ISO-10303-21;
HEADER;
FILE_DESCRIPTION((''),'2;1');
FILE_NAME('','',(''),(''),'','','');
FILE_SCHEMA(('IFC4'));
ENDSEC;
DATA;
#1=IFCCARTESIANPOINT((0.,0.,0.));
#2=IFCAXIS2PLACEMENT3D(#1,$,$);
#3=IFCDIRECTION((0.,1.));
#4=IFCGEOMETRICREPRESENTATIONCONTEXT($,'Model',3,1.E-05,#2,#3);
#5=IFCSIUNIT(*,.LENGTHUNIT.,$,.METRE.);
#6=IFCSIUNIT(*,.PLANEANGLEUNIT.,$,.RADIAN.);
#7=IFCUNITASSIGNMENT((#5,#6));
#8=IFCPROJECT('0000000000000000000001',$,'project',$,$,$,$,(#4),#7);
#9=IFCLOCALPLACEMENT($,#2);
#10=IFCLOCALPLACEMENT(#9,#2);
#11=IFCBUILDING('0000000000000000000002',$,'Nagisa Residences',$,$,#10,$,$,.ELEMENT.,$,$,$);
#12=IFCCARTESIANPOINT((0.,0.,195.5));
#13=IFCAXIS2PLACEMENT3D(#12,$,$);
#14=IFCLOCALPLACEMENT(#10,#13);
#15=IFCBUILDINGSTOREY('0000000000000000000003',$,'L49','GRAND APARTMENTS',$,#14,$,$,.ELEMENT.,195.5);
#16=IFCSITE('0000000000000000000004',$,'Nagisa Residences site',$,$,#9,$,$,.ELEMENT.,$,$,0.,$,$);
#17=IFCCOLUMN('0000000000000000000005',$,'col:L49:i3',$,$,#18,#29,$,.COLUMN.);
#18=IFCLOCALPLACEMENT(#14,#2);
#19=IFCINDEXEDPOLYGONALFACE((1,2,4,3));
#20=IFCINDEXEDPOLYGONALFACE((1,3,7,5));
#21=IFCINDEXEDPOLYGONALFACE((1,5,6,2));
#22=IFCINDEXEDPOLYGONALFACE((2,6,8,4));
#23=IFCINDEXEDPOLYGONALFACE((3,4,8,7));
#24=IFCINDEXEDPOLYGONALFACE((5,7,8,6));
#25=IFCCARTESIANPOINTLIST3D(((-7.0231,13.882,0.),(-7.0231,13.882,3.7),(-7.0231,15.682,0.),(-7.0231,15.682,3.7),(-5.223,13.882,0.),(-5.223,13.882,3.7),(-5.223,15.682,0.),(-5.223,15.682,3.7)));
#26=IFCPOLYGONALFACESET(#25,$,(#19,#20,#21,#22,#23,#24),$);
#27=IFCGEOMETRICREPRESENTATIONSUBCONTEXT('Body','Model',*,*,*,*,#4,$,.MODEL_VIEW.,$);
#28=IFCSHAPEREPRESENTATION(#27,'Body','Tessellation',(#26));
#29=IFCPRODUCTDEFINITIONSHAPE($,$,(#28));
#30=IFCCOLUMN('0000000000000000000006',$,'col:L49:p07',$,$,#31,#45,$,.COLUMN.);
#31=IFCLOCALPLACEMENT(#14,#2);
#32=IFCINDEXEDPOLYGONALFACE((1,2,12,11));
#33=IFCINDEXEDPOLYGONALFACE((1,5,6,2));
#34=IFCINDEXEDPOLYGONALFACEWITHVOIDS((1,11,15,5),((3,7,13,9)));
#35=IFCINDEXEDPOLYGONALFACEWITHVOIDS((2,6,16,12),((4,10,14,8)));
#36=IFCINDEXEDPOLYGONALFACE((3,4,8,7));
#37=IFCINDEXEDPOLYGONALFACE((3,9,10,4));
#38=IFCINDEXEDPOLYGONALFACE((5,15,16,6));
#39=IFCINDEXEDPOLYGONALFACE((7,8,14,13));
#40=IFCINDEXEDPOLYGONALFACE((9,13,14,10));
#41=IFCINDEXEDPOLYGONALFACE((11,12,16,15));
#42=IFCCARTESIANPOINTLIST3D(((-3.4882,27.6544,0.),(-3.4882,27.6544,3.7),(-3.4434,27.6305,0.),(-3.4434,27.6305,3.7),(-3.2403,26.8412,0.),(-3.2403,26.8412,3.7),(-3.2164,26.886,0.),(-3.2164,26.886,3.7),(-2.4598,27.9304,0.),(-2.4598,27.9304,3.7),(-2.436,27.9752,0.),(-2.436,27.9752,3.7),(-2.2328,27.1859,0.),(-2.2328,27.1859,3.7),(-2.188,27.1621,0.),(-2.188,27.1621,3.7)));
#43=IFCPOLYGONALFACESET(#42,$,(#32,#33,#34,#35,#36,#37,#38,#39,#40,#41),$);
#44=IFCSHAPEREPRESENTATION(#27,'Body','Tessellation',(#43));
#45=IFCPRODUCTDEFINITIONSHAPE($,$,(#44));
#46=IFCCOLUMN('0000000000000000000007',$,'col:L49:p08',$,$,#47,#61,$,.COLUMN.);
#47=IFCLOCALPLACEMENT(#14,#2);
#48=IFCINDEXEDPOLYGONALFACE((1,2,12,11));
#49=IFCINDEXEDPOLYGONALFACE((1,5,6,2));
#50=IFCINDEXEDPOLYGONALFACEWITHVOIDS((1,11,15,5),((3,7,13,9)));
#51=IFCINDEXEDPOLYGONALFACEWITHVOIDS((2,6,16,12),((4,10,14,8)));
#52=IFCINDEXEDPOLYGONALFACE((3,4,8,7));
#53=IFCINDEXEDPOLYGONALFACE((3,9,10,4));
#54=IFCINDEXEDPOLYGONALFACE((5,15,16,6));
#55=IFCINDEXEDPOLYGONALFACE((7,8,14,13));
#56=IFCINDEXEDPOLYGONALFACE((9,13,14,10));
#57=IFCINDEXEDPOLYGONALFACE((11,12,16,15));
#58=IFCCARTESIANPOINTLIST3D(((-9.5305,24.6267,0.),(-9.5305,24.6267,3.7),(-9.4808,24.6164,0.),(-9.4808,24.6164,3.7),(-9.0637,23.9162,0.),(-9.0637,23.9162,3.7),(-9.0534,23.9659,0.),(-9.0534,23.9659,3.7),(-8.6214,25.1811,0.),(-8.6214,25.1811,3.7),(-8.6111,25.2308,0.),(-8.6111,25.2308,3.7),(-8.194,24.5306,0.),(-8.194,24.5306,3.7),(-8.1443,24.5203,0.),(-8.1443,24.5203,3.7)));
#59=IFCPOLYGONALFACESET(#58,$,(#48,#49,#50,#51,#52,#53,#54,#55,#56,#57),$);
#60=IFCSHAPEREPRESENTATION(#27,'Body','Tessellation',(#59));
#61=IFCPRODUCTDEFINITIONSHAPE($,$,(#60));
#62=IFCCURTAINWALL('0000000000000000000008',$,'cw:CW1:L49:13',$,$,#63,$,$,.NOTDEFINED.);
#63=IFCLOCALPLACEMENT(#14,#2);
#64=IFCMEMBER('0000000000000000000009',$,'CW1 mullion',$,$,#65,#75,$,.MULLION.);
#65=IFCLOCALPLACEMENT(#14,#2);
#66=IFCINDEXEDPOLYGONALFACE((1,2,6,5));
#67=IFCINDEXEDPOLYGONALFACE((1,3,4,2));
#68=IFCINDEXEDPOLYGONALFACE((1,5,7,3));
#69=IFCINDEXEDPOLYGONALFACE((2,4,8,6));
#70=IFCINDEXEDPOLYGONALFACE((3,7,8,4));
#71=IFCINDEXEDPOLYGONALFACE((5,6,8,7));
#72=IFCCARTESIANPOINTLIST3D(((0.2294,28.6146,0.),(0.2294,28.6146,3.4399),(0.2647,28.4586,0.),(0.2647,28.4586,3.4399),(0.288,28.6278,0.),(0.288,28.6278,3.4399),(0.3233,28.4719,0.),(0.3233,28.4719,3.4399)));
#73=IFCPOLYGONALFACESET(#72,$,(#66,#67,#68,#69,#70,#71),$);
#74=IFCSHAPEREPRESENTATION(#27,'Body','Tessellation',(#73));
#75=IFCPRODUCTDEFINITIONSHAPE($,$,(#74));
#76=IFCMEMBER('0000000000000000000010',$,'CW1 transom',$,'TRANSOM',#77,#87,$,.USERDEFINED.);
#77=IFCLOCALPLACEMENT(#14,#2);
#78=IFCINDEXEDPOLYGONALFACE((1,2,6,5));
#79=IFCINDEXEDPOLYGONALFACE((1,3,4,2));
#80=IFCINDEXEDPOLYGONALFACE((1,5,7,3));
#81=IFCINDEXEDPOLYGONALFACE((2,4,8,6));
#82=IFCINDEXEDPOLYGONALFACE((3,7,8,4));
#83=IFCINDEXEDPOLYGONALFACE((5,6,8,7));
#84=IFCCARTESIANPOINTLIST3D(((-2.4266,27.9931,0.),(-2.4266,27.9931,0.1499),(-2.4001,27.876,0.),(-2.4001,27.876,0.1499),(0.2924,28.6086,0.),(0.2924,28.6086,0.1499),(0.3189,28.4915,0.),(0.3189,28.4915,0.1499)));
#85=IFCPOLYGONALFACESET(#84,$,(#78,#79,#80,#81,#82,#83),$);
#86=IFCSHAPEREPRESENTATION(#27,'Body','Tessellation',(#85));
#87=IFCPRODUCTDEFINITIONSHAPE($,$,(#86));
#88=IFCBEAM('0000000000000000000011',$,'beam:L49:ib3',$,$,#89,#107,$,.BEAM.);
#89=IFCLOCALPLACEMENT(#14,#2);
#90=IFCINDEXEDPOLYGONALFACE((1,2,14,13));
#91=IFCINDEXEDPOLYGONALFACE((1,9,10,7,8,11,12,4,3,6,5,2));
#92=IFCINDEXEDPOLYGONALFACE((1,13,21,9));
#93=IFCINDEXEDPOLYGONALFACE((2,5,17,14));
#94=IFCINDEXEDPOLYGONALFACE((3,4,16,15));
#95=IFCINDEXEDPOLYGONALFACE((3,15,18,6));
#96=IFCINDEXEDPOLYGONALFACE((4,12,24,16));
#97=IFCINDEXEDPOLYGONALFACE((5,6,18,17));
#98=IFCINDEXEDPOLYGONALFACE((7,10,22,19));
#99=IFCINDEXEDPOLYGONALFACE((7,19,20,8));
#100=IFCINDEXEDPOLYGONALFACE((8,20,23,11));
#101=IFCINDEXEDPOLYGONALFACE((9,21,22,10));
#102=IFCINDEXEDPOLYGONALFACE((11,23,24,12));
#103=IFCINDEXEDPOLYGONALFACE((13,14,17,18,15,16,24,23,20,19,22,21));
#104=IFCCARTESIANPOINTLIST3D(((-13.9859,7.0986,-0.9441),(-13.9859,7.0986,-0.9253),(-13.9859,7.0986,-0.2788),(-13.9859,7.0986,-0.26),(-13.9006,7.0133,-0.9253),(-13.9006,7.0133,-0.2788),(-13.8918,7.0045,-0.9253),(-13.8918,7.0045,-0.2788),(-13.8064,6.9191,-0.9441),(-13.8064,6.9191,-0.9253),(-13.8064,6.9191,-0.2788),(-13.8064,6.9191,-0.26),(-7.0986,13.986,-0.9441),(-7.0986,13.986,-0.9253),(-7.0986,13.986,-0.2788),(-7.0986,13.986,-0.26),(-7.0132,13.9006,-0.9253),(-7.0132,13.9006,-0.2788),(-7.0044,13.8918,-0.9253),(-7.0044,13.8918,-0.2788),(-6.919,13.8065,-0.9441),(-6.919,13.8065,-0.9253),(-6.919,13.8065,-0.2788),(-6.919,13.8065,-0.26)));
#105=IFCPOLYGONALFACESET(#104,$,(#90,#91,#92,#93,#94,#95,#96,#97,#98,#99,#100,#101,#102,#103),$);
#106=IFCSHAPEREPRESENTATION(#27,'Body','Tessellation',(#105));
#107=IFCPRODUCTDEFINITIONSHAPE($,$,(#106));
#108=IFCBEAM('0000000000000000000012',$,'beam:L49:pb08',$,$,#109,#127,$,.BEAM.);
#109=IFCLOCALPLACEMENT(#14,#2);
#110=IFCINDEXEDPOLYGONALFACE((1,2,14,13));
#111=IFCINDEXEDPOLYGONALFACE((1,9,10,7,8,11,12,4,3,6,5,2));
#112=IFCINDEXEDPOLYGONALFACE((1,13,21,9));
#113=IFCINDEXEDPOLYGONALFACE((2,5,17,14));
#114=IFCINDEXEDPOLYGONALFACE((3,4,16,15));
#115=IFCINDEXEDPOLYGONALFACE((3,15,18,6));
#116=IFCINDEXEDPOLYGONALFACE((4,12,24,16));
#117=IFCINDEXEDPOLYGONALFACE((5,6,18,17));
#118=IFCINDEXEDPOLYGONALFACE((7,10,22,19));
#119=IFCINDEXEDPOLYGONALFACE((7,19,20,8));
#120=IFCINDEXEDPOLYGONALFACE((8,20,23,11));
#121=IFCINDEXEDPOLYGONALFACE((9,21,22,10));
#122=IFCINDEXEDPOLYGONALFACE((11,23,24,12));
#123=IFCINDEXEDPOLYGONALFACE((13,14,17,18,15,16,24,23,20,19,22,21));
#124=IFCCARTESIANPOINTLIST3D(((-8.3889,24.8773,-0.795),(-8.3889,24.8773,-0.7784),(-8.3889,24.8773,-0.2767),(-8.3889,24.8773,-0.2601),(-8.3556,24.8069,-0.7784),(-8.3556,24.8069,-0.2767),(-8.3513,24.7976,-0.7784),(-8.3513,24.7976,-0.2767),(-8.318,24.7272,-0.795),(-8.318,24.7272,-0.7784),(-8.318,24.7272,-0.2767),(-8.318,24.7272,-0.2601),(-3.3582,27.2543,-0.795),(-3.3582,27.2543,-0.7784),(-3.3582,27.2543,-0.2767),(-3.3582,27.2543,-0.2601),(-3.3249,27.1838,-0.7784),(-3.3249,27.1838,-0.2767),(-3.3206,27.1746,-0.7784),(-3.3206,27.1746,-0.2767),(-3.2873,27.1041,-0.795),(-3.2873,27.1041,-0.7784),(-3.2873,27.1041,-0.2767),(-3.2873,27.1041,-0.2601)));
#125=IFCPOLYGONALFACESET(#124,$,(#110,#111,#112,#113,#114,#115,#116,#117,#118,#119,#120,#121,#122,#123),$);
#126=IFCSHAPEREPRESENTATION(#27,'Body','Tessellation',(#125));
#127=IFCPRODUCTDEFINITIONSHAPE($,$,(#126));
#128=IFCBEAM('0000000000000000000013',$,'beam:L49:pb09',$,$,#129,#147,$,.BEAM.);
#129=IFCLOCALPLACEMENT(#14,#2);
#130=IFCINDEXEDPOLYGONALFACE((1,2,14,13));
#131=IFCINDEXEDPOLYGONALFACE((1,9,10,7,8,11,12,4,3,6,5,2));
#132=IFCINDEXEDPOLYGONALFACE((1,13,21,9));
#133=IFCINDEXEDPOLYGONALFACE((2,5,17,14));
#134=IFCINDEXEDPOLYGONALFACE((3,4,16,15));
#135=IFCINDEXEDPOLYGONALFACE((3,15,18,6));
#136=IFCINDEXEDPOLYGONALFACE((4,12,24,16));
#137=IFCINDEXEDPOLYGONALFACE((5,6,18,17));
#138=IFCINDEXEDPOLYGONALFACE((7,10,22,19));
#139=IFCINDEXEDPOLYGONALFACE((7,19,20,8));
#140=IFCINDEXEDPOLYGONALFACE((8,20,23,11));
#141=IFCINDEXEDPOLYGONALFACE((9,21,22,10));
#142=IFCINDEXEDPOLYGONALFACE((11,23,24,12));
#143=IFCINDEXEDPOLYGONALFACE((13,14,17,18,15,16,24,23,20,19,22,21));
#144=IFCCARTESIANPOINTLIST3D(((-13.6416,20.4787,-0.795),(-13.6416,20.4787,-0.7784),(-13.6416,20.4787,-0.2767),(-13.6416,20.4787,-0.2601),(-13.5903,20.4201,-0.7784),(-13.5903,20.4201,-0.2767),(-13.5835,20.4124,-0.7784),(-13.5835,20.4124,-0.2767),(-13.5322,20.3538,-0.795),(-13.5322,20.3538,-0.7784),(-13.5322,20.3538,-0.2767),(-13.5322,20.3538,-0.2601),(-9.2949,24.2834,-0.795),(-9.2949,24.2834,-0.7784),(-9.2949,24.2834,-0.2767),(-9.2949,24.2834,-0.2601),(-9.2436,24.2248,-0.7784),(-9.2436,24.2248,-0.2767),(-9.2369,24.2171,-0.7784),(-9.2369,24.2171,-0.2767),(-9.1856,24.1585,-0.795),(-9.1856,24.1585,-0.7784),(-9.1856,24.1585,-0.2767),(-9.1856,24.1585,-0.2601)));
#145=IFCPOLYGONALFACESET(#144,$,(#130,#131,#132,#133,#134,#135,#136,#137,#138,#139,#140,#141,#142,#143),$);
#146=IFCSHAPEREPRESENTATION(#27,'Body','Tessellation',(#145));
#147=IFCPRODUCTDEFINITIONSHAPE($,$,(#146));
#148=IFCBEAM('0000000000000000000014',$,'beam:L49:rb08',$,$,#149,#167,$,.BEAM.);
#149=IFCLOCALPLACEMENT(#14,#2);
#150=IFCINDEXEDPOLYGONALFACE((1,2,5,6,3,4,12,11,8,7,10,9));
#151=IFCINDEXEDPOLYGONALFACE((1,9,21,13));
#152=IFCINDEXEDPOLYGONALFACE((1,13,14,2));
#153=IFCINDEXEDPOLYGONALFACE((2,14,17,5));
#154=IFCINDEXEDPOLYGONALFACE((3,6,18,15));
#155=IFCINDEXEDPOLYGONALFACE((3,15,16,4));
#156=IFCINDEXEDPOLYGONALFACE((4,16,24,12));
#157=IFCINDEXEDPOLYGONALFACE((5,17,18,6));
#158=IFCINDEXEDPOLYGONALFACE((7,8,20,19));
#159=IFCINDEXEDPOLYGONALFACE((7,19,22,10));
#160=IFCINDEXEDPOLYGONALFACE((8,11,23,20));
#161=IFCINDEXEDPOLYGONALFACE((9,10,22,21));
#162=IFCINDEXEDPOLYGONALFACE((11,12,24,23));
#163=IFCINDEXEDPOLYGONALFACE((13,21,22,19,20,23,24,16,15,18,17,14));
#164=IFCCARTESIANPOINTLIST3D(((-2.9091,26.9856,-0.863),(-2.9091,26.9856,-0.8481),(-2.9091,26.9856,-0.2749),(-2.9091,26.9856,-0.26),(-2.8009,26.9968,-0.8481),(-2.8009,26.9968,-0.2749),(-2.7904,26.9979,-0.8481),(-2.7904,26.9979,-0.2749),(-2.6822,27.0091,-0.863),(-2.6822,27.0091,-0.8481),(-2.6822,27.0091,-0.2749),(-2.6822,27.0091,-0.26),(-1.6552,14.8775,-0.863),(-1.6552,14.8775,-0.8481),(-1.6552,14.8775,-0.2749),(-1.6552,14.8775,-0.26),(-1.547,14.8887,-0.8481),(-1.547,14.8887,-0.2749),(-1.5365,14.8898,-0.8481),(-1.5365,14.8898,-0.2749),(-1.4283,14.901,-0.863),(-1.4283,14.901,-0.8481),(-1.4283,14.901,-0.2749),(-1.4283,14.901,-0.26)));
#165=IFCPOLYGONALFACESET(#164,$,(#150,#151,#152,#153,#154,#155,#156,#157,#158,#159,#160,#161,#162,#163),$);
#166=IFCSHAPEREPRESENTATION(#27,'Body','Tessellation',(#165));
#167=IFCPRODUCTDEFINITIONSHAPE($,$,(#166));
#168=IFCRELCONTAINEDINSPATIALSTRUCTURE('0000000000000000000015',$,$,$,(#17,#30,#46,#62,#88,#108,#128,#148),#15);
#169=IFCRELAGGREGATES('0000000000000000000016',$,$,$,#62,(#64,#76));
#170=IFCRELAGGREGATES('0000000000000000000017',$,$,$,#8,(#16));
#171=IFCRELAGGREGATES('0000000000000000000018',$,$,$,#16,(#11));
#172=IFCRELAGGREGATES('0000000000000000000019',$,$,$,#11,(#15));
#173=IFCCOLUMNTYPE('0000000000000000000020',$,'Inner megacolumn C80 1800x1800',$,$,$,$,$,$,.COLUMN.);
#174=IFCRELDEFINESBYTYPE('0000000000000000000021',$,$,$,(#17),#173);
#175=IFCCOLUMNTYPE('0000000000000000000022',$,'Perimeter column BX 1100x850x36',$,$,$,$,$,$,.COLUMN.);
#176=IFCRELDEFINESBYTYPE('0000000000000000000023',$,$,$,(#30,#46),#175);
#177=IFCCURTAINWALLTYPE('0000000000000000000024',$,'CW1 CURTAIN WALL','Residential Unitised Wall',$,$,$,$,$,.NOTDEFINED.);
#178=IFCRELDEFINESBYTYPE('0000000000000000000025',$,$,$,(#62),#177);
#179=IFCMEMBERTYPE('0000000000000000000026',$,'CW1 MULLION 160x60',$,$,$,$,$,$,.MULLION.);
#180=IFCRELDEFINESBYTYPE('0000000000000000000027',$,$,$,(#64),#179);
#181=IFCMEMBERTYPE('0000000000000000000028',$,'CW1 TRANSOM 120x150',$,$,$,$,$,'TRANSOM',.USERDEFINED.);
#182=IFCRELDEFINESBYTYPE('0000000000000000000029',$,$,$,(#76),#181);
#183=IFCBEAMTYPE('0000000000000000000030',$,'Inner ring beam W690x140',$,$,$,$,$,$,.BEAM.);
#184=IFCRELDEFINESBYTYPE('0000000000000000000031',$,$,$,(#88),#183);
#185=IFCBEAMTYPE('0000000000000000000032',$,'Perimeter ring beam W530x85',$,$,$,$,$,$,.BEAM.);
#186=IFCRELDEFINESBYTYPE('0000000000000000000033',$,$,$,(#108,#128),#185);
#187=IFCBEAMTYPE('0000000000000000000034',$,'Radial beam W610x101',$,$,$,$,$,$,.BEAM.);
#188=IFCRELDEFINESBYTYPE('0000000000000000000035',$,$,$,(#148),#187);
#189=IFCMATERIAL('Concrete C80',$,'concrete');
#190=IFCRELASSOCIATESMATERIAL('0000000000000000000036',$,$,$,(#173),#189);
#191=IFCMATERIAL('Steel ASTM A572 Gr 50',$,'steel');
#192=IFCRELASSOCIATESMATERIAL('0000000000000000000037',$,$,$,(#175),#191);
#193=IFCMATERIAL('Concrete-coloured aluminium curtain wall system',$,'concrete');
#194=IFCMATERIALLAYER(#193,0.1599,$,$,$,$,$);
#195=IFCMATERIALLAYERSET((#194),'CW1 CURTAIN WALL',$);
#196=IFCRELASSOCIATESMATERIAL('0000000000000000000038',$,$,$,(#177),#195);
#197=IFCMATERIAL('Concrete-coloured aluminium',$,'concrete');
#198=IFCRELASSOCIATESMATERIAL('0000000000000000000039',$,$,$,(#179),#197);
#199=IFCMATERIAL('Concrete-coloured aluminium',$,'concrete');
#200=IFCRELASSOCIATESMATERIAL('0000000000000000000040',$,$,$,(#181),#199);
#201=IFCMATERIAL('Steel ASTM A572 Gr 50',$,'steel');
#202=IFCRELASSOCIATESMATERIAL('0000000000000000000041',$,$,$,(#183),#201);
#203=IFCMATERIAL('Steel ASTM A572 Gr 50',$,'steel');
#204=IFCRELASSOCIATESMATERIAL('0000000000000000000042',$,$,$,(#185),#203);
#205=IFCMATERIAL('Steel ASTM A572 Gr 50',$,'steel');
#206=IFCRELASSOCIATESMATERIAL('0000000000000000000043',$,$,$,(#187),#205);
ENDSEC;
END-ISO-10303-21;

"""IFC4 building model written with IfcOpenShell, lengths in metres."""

from ifc_helpers import new_model, si_unit, direction, frame, origin, origin_2d, place, context, subcontext, project, spatial, rectangle, hollow_rectangle, i_section, extrude, material, layer, layer_set, material_profile, profile_set, type_object, element, aggregate, save


model = new_model("IFC4")

# Units and contexts
model_context = context("Model", 3, precision=1e-05, world=origin(), true_north=direction((0.0, 1.0)))
body_context = subcontext(model_context, "Body", "Model", "MODEL_VIEW")
ifc_project = project(units=[si_unit("LENGTHUNIT", "METRE"), si_unit("PLANEANGLEUNIT", "RADIAN")], contexts=[model_context])

# Site, building, storey
site_placement = place(None, origin())
site = spatial("IfcSite", under=ifc_project, at=site_placement, Name="Nagisa Residences site", CompositionType="ELEMENT", RefElevation=0.0)
building_placement = place(site_placement, origin())
building = spatial("IfcBuilding", under=site, at=building_placement, Name="Nagisa Residences", CompositionType="ELEMENT")
storey_placement = place(building_placement, frame((0.0, 0.0, 195.5)))
storey = spatial("IfcBuildingStorey", under=building, at=storey_placement, Name="L49", Description="GRAND APARTMENTS", CompositionType="ELEMENT", Elevation=195.5)

# Columns
ifc_material_1 = material(Name="Concrete C80", Category="concrete")
ifc_material_profile_1 = material_profile(ifc_material_1, rectangle(XDim=1.8, YDim=1.8, at=origin_2d()), Name="C80 1800x1800")
ifc_profile_set_1 = profile_set([ifc_material_profile_1], Name="Concrete C80")
column_type_1 = type_object("IfcColumnType", Name="Inner megacolumn C80 1800x1800", PredefinedType="COLUMN", material=ifc_profile_set_1)
column_placement = place(storey_placement, frame((-6.123, 14.782, 0.0), z_axis=(0.0, 0.0, 1.0), x_axis=(1.0, 0.0, 0.0)))
element("IfcColumn", 1, at=column_placement, inside=storey, type_object=column_type_1, Name="col:L49:i3", PredefinedType="COLUMN", context=body_context, shape_type="SweptSolid", body=[
    extrude(rectangle(XDim=1.8, YDim=1.8, at=origin_2d()), origin(), (0.0, 0.0, 1.0), 3.7),
])
ifc_material_2 = material(Name="Steel ASTM A572 Gr 50", Category="steel")
ifc_material_profile_2 = material_profile(ifc_material_2, hollow_rectangle(XDim=1.1001, YDim=0.8501, WallThickness=0.0359, at=origin_2d()), Name="BX 1100x850x36")
ifc_profile_set_2 = profile_set([ifc_material_profile_2], Name="Steel ASTM A572 Gr 50")
column_type_2 = type_object("IfcColumnType", Name="Perimeter column BX 1100x850x36", PredefinedType="COLUMN", material=ifc_profile_set_2)
for number, where, z_axis, x_axis, name in (
    (2, (-2.8381, 27.4082, 0.0), (0.0, 0.0, 1.0), (-0.956525, -0.291652, 0.0), "col:L49:p07"),
    (3, (-8.8374, 24.5735, 0.0), (0.0, 0.0, 1.0), (-0.835766, -0.549086, 0.0), "col:L49:p08"),
):
    element("IfcColumn", number, at=place(storey_placement, frame(where, z_axis=z_axis, x_axis=x_axis)), inside=storey, type_object=column_type_2, Name=name, PredefinedType="COLUMN", context=body_context, shape_type="SweptSolid", body=[
        extrude(hollow_rectangle(XDim=1.1001, YDim=0.8501, WallThickness=0.0359, at=origin_2d()), origin(), (0.0, 0.0, 1.0), 3.7),
    ])

# Curtain wall, members
ifc_material_3 = material(Name="Concrete-coloured aluminium curtain wall system", Category="concrete")
ifc_layer_1 = layer(ifc_material_3, 0.1599)
ifc_layer_set_1 = layer_set([ifc_layer_1], Name="CW1 CURTAIN WALL")
curtain_wall_type = type_object("IfcCurtainWallType", Name="CW1 CURTAIN WALL", Description="Residential Unitised Wall", PredefinedType="NOTDEFINED", material=ifc_layer_set_1)
curtain_wall_placement = place(storey_placement, origin())
curtain_wall = element("IfcCurtainWall", 4, at=curtain_wall_placement, inside=storey, type_object=curtain_wall_type, Name="cw:CW1:L49:13", PredefinedType="NOTDEFINED")
ifc_material_4 = material(Name="Concrete-coloured aluminium", Category="concrete")
ifc_material_profile_3 = material_profile(ifc_material_4, rectangle(XDim=0.1599, YDim=0.0601, at=origin_2d()), Name="CW1 MULLION 160x60")
ifc_profile_set_3 = profile_set([ifc_material_profile_3], Name="Concrete-coloured aluminium")
member_type_1 = type_object("IfcMemberType", Name="CW1 MULLION 160x60", PredefinedType="MULLION", material=ifc_profile_set_3)
member_1_placement = place(storey_placement, frame((0.2764, 28.5432, 0.0), z_axis=(0.0, 0.0, 1.0), x_axis=(0.220764, -0.975327, 0.0)))
member_1 = element("IfcMember", 5, at=member_1_placement, type_object=member_type_1, Name="CW1 mullion", PredefinedType="MULLION", context=body_context, shape_type="SweptSolid", body=[
    extrude(rectangle(XDim=0.1599, YDim=0.0601, at=origin_2d()), origin(), (0.0, 0.0, 1.0), 3.4399),
])
ifc_material_5 = material(Name="Concrete-coloured aluminium", Category="concrete")
ifc_material_profile_4 = material_profile(ifc_material_5, rectangle(XDim=0.1201, YDim=0.1499, at=origin_2d()), Name="CW1 TRANSOM 120x150")
ifc_profile_set_4 = profile_set([ifc_material_profile_4], Name="Concrete-coloured aluminium")
member_type_2 = type_object("IfcMemberType", Name="CW1 TRANSOM 120x150", ElementType="TRANSOM", PredefinedType="USERDEFINED", material=ifc_profile_set_4)
member_2_placement = place(storey_placement, frame((0.3057, 28.55, 0.075), z_axis=(-0.975324, -0.220777, 0.0), x_axis=(0.220777, -0.975324, 0.0)))
member_2 = element("IfcMember", 6, at=member_2_placement, type_object=member_type_2, Name="CW1 transom", ObjectType="TRANSOM", PredefinedType="USERDEFINED", context=body_context, shape_type="SweptSolid", body=[
    extrude(rectangle(XDim=0.1201, YDim=0.1499, at=origin_2d()), origin(), (0.0, 0.0, 1.0), 2.7878),
])

# Beams
ifc_material_6 = material(Name="Steel ASTM A572 Gr 50", Category="steel")
ifc_material_profile_5 = material_profile(ifc_material_6, i_section(OverallWidth=0.2539, OverallDepth=0.6841, WebThickness=0.0125, FlangeThickness=0.0188, at=origin_2d()), Name="W690x140")
ifc_profile_set_5 = profile_set([ifc_material_profile_5], Name="Steel ASTM A572 Gr 50")
beam_type_1 = type_object("IfcBeamType", Name="Inner ring beam W690x140", PredefinedType="BEAM", material=ifc_profile_set_5)
beam_1_placement = place(storey_placement, frame((-7.0088, 13.8962, -0.6021), z_axis=(-0.707107, -0.707107, 0.0), x_axis=(0.707107, -0.707107, 0.0)))
element("IfcBeam", 7, at=beam_1_placement, inside=storey, type_object=beam_type_1, Name="beam:L49:ib3", PredefinedType="BEAM", context=body_context, shape_type="SweptSolid", body=[
    extrude(i_section(OverallWidth=0.2539, OverallDepth=0.6841, WebThickness=0.0125, FlangeThickness=0.0188, at=origin_2d()), origin(), (0.0, 0.0, 1.0), 9.7402),
])
ifc_material_7 = material(Name="Steel ASTM A572 Gr 50", Category="steel")
ifc_material_profile_6 = material_profile(ifc_material_7, i_section(OverallWidth=0.166, OverallDepth=0.5349, WebThickness=0.0103, FlangeThickness=0.0166, at=origin_2d()), Name="W530x85")
ifc_profile_set_6 = profile_set([ifc_material_profile_6], Name="Steel ASTM A572 Gr 50")
beam_type_2 = type_object("IfcBeamType", Name="Perimeter ring beam W530x85", PredefinedType="BEAM", material=ifc_profile_set_6)
beam_2_placement = place(storey_placement, frame((-3.3228, 27.1792, -0.5276), z_axis=(-0.904157, -0.4272, 0.0), x_axis=(0.4272, -0.904157, 0.0)))
element("IfcBeam", 8, at=beam_2_placement, inside=storey, type_object=beam_type_2, Name="beam:L49:pb08", PredefinedType="BEAM", context=body_context, shape_type="SweptSolid", body=[
    extrude(i_section(OverallWidth=0.166, OverallDepth=0.5349, WebThickness=0.0103, FlangeThickness=0.0166, at=origin_2d()), origin(), (0.0, 0.0, 1.0), 5.564),
])
beam_3_placement = place(storey_placement, frame((-9.2402, 24.2209, -0.5276), z_axis=(-0.752461, -0.658636, 0.0), x_axis=(0.658636, -0.752461, 0.0)))
element("IfcBeam", 9, at=beam_3_placement, inside=storey, type_object=beam_type_2, Name="beam:L49:pb09", PredefinedType="BEAM", context=body_context, shape_type="SweptSolid", body=[
    extrude(i_section(OverallWidth=0.166, OverallDepth=0.5349, WebThickness=0.0103, FlangeThickness=0.0166, at=origin_2d()), origin(), (0.0, 0.0, 1.0), 5.7766),
])
ifc_material_8 = material(Name="Steel ASTM A572 Gr 50", Category="steel")
ifc_material_profile_7 = material_profile(ifc_material_8, i_section(OverallWidth=0.228, OverallDepth=0.603, WebThickness=0.0105, FlangeThickness=0.0149, at=origin_2d()), Name="W610x101")
ifc_profile_set_7 = profile_set([ifc_material_profile_7], Name="Steel ASTM A572 Gr 50")
beam_type_3 = type_object("IfcBeamType", Name="Radial beam W610x101", PredefinedType="BEAM", material=ifc_profile_set_7)
beam_4_placement = place(storey_placement, frame((-2.7957, 26.9973, -0.5615), z_axis=(0.103008, -0.994681, 0.0), x_axis=(0.994681, 0.103008, 0.0)))
element("IfcBeam", 10, at=beam_4_placement, inside=storey, type_object=beam_type_3, Name="beam:L49:rb08", PredefinedType="BEAM", context=body_context, shape_type="SweptSolid", body=[
    extrude(i_section(OverallWidth=0.228, OverallDepth=0.603, WebThickness=0.0105, FlangeThickness=0.0149, at=origin_2d()), origin(), (0.0, 0.0, 1.0), 12.1729),
])

aggregate(curtain_wall, [member_1, member_2])

save(model, "model.ifc")
